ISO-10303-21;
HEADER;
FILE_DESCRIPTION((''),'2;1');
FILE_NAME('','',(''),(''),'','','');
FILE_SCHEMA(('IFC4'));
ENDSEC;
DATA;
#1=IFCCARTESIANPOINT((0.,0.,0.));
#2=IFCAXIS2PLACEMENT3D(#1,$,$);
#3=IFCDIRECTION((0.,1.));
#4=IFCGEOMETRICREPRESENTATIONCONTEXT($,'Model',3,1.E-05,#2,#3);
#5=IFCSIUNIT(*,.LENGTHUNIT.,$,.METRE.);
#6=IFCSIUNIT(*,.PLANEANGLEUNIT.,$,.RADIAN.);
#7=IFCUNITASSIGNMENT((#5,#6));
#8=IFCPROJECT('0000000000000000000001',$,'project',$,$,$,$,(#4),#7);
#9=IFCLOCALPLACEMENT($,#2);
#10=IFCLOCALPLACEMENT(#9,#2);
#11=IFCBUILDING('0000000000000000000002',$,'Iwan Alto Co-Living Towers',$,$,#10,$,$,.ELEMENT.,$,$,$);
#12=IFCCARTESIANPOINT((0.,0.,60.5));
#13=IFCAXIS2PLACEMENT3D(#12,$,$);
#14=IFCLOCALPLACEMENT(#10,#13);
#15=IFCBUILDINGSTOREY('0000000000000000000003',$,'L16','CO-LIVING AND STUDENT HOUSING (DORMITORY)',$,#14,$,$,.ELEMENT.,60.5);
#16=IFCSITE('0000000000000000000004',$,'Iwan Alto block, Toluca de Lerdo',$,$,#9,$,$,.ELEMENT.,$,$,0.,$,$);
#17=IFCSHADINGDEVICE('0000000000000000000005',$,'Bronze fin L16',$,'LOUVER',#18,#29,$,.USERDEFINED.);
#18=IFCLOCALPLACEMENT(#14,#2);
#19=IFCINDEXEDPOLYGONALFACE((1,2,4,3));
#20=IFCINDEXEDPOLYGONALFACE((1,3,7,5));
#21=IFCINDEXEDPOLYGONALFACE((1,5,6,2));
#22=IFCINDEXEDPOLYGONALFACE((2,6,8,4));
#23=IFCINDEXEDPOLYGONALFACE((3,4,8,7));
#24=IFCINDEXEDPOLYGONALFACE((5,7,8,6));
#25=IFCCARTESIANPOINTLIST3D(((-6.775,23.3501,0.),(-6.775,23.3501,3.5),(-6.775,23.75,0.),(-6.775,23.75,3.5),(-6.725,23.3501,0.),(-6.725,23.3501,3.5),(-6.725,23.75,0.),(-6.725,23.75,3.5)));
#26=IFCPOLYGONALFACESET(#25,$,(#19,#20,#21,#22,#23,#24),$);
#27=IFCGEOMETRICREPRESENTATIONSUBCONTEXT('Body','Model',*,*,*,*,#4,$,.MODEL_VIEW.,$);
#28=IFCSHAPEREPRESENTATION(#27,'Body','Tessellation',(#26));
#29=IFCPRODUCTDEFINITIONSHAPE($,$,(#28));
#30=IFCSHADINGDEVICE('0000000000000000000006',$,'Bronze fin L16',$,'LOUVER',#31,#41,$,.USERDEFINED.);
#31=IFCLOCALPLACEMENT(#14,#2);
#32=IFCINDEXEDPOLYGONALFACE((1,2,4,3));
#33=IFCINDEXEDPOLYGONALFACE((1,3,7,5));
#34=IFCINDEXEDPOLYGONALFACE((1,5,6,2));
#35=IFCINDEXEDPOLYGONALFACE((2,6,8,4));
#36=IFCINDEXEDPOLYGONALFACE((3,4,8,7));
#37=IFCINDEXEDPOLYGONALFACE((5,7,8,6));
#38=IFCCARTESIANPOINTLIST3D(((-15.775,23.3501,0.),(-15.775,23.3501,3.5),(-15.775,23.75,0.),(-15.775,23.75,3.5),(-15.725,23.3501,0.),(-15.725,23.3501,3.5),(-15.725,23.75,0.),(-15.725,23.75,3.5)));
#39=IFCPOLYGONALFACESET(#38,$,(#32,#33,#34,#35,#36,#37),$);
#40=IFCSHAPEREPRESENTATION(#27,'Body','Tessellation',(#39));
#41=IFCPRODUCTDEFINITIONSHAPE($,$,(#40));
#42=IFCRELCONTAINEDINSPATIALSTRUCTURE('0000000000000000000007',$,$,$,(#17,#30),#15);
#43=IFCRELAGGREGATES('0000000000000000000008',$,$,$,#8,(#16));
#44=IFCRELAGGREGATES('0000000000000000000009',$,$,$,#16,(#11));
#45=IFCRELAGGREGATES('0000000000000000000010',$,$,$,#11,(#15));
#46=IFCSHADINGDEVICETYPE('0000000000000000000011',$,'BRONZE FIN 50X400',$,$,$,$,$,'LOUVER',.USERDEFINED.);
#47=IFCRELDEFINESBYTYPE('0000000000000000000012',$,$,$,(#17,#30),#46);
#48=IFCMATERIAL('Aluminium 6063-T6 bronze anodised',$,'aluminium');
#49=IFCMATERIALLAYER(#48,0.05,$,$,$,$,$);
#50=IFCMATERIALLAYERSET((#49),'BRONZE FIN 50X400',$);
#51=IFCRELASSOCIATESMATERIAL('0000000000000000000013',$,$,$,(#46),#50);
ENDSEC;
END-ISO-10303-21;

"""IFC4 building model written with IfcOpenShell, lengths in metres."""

from ifc_helpers import new_model, si_unit, direction, frame, origin, origin_2d, place, context, subcontext, project, spatial, rectangle, extrude, material, layer, layer_set, type_object, element, save


model = new_model("IFC4")

# Units and contexts
model_context = context("Model", 3, precision=1e-05, world=origin(), true_north=direction((0.0, 1.0)))
body_context = subcontext(model_context, "Body", "Model", "MODEL_VIEW")
ifc_project = project(units=[si_unit("LENGTHUNIT", "METRE"), si_unit("PLANEANGLEUNIT", "RADIAN")], contexts=[model_context])

# Site, building, storey
site_placement = place(None, origin())
site = spatial("IfcSite", under=ifc_project, at=site_placement, Name="Iwan Alto block, Toluca de Lerdo", CompositionType="ELEMENT", RefElevation=0.0)
building_placement = place(site_placement, origin())
building = spatial("IfcBuilding", under=site, at=building_placement, Name="Iwan Alto Co-Living Towers", CompositionType="ELEMENT")
storey_placement = place(building_placement, frame((0.0, 0.0, 60.5)))
storey = spatial("IfcBuildingStorey", under=building, at=storey_placement, Name="L16", Description="CO-LIVING AND STUDENT HOUSING (DORMITORY)", CompositionType="ELEMENT", Elevation=60.5)

# Shading devices
ifc_material_1 = material(Name="Aluminium 6063-T6 bronze anodised", Category="aluminium")
ifc_layer_1 = layer(ifc_material_1, 0.05)
ifc_layer_set_1 = layer_set([ifc_layer_1], Name="BRONZE FIN 50X400")
shading_device_type = type_object("IfcShadingDeviceType", Name="BRONZE FIN 50X400", ElementType="LOUVER", PredefinedType="USERDEFINED", material=ifc_layer_set_1)
for number, where, z_axis, x_axis, name in (
    (1, (-6.75, 23.55, 0.0), (0.0, 0.0, 1.0), (-1.0, 0.0, 0.0), "Bronze fin L16"),
    (2, (-15.75, 23.55, 0.0), (0.0, 0.0, 1.0), (-1.0, 0.0, 0.0), "Bronze fin L16"),
):
    element("IfcShadingDevice", number, at=place(storey_placement, frame(where, z_axis=z_axis, x_axis=x_axis)), inside=storey, type_object=shading_device_type, Name=name, ObjectType="LOUVER", PredefinedType="USERDEFINED", context=body_context, shape_type="SweptSolid", body=[
        extrude(rectangle(XDim=0.05, YDim=0.3999, at=origin_2d()), origin(), (0.0, 0.0, 1.0), 3.5),
    ])

save(model, "model.ifc")
